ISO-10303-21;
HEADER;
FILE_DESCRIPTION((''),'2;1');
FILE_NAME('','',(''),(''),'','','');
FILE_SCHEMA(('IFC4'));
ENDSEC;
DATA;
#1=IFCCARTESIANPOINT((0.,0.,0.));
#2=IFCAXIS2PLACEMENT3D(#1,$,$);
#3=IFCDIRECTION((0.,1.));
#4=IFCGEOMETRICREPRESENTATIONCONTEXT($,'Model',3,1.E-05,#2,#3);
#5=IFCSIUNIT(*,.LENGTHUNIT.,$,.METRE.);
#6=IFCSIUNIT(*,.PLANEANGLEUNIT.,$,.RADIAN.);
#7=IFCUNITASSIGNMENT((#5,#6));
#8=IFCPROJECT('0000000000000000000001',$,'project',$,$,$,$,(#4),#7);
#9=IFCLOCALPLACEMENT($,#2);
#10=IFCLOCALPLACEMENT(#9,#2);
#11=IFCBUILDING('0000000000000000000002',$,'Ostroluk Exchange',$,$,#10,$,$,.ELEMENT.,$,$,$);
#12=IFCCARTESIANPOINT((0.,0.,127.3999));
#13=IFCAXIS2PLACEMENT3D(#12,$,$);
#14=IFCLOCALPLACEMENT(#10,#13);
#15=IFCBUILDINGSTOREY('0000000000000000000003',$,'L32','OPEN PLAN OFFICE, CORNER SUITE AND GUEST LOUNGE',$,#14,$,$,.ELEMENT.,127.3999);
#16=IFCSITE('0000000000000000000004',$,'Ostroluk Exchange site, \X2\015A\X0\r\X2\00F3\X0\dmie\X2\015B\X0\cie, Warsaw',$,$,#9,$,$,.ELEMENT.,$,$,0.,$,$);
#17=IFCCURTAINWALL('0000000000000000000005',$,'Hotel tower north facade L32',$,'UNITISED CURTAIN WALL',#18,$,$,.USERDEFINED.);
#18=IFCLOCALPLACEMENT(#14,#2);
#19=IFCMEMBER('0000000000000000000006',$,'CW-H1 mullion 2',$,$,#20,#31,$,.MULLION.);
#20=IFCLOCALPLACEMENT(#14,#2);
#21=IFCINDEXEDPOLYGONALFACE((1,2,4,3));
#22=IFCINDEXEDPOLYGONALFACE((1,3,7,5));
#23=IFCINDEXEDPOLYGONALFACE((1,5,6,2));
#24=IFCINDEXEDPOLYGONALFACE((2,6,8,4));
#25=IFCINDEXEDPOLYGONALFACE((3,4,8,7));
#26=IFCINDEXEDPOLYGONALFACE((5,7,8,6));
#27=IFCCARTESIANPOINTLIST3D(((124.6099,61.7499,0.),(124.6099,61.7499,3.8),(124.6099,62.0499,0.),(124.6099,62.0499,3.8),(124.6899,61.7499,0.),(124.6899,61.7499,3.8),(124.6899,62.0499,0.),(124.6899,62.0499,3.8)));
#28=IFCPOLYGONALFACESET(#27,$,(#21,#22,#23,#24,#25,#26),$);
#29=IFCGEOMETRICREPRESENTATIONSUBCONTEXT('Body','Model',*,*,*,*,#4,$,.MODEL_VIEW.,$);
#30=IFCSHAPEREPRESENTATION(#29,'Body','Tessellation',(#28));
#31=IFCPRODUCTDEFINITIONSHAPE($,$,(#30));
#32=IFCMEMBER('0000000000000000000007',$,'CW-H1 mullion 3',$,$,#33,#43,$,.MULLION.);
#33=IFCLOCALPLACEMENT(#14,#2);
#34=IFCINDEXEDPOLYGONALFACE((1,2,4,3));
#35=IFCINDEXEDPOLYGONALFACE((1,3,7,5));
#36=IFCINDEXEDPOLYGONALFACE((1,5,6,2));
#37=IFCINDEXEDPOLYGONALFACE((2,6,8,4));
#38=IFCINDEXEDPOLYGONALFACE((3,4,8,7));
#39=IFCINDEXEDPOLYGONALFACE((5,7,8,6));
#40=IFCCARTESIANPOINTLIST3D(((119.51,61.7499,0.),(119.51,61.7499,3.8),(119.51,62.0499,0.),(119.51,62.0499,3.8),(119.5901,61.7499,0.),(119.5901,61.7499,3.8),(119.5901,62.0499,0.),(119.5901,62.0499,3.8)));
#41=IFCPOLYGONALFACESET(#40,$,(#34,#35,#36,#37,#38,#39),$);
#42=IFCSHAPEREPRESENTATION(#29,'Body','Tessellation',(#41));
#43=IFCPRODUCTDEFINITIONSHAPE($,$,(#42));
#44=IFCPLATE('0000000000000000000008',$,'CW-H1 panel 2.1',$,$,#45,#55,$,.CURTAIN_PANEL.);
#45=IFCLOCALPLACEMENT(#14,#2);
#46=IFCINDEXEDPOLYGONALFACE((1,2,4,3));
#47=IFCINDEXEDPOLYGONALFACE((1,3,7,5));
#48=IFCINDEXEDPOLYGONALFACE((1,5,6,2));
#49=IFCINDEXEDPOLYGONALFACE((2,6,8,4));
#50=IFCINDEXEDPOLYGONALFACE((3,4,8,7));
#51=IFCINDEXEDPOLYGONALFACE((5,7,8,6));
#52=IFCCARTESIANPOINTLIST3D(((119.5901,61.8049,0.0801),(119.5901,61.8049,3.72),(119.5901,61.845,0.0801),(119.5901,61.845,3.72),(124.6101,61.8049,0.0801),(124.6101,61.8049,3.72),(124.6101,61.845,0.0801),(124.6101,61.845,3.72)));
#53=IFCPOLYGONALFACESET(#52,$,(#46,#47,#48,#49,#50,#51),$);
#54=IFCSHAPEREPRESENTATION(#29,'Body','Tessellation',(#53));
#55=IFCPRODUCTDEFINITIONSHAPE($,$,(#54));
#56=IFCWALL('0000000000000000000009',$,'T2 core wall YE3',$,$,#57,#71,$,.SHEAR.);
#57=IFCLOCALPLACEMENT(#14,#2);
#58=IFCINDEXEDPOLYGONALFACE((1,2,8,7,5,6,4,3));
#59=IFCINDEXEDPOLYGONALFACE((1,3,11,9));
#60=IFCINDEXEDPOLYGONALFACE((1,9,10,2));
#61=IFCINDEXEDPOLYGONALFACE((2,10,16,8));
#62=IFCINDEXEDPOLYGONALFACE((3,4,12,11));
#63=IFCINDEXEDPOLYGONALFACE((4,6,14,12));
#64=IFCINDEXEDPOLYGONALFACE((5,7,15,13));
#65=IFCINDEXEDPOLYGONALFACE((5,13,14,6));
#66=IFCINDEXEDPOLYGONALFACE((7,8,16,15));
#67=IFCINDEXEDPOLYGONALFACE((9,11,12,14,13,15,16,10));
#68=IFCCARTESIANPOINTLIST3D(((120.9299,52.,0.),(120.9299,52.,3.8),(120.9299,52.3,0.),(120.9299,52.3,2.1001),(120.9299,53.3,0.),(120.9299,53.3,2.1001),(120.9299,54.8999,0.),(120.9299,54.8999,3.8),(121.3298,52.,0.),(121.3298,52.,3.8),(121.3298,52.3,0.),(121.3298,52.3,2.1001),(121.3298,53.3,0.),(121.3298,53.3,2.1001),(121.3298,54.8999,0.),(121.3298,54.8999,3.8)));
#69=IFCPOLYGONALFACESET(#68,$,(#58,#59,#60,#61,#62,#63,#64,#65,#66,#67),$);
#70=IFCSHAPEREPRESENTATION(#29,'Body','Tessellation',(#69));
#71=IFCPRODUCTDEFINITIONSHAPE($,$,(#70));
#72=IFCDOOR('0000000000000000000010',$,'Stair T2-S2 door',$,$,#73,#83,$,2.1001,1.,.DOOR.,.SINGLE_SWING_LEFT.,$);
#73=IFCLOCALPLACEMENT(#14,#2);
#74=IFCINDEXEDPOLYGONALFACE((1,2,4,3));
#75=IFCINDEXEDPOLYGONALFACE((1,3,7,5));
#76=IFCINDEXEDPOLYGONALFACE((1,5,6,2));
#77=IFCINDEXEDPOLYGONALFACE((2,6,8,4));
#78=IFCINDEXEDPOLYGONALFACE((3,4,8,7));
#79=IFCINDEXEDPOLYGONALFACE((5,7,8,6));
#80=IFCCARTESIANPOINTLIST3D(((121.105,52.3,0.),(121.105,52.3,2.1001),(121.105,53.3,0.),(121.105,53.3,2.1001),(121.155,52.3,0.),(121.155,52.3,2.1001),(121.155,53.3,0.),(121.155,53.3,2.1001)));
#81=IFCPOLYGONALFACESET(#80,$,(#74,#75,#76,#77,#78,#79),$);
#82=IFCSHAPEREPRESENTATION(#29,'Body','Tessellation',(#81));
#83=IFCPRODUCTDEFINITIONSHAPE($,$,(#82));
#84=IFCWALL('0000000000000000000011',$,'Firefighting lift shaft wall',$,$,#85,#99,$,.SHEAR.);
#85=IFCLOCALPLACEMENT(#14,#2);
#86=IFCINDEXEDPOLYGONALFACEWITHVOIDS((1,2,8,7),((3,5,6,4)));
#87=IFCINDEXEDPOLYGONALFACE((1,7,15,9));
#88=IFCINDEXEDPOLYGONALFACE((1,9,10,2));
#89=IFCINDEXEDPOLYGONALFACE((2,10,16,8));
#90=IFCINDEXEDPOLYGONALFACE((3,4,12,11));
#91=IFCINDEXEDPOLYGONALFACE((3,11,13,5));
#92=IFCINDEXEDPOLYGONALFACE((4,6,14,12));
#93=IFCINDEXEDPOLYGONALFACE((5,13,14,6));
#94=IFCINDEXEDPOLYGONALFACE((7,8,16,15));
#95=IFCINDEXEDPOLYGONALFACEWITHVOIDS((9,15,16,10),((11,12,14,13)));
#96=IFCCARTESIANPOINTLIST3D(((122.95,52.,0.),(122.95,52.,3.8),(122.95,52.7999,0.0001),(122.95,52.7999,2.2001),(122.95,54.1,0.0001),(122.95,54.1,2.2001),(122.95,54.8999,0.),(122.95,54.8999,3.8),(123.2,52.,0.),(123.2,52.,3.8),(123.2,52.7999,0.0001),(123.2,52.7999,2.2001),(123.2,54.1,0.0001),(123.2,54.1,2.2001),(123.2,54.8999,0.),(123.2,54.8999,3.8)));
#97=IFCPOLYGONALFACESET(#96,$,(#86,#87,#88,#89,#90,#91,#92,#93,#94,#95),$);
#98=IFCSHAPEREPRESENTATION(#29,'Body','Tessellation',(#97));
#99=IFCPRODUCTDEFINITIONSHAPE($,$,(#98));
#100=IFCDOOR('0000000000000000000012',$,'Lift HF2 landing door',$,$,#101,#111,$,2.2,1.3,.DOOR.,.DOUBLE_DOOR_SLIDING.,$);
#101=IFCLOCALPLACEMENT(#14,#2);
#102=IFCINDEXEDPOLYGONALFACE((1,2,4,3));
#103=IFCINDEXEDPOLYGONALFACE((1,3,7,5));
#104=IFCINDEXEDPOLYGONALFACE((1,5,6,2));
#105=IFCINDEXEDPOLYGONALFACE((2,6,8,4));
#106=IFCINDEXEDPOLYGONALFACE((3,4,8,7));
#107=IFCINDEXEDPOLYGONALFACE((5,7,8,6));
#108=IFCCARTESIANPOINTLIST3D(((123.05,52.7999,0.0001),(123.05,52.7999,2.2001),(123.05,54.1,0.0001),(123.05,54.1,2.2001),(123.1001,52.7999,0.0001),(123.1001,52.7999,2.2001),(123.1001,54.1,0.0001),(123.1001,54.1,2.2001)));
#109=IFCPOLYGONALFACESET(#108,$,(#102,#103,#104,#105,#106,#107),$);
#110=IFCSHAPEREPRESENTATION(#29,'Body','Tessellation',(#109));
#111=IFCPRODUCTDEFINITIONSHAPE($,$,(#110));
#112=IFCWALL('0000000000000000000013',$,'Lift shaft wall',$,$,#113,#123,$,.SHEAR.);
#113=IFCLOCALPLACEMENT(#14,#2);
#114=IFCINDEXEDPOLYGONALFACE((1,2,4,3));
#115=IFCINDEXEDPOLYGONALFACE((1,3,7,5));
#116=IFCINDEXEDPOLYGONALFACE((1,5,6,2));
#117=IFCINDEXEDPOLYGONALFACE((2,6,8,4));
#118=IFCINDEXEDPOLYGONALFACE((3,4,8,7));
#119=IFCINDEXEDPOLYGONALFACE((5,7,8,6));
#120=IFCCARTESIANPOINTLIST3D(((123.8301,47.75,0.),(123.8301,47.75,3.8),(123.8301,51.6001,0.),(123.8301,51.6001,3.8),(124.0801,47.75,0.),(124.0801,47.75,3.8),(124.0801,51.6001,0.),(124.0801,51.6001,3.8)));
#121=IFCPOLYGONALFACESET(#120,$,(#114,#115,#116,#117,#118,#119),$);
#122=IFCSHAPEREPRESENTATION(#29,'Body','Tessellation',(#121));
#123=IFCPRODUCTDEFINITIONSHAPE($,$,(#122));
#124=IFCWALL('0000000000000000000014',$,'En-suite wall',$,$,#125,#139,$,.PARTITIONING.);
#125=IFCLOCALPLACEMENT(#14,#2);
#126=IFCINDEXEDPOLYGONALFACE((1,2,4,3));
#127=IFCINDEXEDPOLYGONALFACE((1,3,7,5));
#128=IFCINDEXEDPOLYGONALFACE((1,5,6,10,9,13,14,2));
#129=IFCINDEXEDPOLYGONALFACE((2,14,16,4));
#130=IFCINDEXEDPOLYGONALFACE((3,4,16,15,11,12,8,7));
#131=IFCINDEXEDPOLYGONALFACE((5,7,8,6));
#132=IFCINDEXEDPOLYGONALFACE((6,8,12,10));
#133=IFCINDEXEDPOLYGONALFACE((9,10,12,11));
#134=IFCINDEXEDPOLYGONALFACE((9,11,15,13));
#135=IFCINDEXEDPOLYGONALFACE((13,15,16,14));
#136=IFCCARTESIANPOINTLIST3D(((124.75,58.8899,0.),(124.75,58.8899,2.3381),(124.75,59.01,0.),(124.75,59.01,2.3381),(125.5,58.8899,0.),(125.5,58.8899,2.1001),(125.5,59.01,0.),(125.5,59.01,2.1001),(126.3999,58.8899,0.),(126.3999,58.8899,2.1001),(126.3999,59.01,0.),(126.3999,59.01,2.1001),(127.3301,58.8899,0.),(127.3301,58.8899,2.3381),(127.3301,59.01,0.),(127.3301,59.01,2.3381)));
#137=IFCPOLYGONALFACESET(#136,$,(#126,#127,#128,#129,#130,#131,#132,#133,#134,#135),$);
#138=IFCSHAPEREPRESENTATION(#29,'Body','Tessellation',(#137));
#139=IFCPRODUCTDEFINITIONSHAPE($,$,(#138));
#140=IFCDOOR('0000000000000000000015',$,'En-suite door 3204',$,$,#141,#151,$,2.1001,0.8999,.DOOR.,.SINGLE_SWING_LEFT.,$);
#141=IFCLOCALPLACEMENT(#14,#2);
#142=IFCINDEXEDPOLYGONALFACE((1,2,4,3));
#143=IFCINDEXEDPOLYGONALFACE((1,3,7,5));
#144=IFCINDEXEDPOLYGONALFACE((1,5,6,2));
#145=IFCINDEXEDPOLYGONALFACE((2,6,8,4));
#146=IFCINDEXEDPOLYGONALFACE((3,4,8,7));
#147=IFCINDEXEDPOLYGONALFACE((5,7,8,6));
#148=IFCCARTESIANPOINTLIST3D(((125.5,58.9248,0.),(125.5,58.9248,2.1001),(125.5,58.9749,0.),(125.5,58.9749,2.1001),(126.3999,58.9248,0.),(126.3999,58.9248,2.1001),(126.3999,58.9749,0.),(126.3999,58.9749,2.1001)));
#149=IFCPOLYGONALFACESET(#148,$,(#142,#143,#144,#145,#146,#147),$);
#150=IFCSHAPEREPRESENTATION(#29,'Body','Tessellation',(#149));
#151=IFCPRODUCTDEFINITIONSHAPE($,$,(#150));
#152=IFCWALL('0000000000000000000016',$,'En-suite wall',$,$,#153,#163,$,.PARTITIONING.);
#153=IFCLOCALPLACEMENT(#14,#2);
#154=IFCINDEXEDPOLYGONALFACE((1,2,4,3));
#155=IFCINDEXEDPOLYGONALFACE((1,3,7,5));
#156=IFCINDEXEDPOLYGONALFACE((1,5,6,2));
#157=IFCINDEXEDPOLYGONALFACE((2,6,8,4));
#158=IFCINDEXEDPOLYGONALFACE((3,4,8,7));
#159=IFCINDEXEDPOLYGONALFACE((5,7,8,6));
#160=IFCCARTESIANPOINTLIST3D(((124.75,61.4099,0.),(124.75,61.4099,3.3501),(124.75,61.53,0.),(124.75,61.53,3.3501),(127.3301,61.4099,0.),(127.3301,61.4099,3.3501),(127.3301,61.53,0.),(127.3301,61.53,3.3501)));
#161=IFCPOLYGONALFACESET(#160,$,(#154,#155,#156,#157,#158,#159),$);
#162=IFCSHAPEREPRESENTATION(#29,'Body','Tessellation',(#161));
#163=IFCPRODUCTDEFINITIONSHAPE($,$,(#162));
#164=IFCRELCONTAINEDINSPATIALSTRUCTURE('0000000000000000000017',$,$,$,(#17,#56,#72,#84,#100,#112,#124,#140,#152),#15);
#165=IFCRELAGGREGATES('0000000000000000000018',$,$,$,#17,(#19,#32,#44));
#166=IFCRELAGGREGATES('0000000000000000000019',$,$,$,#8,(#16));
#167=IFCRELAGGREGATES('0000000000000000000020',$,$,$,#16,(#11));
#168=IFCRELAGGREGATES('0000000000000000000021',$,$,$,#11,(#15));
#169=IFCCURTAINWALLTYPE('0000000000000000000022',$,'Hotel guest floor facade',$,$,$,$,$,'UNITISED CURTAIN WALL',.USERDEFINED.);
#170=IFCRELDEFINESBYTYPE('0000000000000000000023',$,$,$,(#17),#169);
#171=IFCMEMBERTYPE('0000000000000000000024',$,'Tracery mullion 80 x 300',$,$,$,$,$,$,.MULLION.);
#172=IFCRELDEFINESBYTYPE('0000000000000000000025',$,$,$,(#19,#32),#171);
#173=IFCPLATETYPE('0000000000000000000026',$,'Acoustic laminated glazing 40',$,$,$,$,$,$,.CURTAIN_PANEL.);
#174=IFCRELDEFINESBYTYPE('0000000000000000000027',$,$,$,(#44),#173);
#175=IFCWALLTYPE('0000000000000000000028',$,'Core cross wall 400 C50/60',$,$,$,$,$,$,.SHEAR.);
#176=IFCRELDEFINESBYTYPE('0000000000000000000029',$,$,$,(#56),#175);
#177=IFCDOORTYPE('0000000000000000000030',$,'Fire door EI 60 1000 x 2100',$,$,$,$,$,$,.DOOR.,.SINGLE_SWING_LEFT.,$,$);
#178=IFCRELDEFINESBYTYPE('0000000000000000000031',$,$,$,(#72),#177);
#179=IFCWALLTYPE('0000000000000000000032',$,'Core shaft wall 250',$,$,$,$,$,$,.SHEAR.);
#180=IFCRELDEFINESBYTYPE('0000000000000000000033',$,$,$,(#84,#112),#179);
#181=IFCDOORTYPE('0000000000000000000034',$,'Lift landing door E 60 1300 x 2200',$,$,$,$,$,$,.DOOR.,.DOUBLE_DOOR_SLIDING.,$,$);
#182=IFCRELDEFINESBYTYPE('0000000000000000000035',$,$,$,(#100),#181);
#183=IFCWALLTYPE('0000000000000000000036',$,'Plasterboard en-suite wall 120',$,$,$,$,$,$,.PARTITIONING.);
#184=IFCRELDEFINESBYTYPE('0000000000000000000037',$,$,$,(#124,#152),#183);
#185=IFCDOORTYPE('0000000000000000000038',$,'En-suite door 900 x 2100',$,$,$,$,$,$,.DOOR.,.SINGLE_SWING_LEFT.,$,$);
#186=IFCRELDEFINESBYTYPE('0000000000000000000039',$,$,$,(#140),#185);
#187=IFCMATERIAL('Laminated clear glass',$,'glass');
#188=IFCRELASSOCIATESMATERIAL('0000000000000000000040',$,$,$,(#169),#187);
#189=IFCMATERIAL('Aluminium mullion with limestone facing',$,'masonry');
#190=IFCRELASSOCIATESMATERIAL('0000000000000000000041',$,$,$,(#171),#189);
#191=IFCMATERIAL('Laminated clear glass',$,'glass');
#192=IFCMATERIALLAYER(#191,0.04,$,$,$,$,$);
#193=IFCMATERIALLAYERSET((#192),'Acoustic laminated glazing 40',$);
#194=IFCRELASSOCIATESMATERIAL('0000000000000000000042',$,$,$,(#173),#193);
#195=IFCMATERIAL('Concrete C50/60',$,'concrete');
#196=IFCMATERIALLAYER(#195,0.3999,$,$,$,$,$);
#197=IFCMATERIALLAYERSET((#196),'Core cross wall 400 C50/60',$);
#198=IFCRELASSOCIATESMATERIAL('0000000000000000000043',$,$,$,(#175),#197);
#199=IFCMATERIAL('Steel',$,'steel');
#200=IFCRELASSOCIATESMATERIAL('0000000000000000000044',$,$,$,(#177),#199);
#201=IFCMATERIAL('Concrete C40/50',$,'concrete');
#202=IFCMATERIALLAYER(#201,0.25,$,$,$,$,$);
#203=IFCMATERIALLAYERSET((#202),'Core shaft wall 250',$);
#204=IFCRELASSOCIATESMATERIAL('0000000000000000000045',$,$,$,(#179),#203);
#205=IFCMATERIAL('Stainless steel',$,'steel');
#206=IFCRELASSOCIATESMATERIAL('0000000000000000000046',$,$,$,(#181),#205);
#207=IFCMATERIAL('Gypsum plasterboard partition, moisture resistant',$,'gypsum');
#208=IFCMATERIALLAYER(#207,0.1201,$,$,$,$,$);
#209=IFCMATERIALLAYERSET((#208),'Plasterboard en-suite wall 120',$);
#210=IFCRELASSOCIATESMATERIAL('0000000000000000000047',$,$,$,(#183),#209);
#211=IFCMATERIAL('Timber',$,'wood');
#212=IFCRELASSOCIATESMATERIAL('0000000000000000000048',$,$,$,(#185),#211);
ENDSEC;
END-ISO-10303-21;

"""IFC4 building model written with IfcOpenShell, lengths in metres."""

from ifc_helpers import new_model, si_unit, direction, frame, frame_2d, origin, origin_2d, place, context, subcontext, project, spatial, rectangle, extrude, material, layer, layer_set, material_profile, profile_set, type_object, element, fill, aggregate, save


model = new_model("IFC4")

# Units and contexts
model_context = context("Model", 3, precision=1e-05, world=origin(), true_north=direction((0.0, 1.0)))
body_context = subcontext(model_context, "Body", "Model", "MODEL_VIEW")
ifc_project = project(units=[si_unit("LENGTHUNIT", "METRE"), si_unit("PLANEANGLEUNIT", "RADIAN")], contexts=[model_context])

# Site, building, storey
site_placement = place(None, origin())
site = spatial("IfcSite", under=ifc_project, at=site_placement, Name="Ostroluk Exchange site, Śródmieście, Warsaw", CompositionType="ELEMENT", RefElevation=0.0)
building_placement = place(site_placement, origin())
building = spatial("IfcBuilding", under=site, at=building_placement, Name="Ostroluk Exchange", CompositionType="ELEMENT")
storey_placement = place(building_placement, frame((0.0, 0.0, 127.3999)))
storey = spatial("IfcBuildingStorey", under=building, at=storey_placement, Name="L32", Description="OPEN PLAN OFFICE, CORNER SUITE AND GUEST LOUNGE", CompositionType="ELEMENT", Elevation=127.3999)

# Curtain wall, members, plate
ifc_material_1 = material(Name="Laminated clear glass", Category="glass")
curtain_wall_type = type_object("IfcCurtainWallType", Name="Hotel guest floor facade", ElementType="UNITISED CURTAIN WALL", PredefinedType="USERDEFINED", material=ifc_material_1)
curtain_wall_placement = place(storey_placement, origin())
curtain_wall = element("IfcCurtainWall", 1, at=curtain_wall_placement, inside=storey, type_object=curtain_wall_type, Name="Hotel tower north facade L32", ObjectType="UNITISED CURTAIN WALL", PredefinedType="USERDEFINED")
ifc_material_2 = material(Name="Aluminium mullion with limestone facing", Category="masonry")
ifc_material_profile_1 = material_profile(ifc_material_2, rectangle(XDim=0.3, YDim=0.0801, at=origin_2d()), Name="Tracery mullion 80 x 300")
ifc_profile_set_1 = profile_set([ifc_material_profile_1], Name="Aluminium mullion with limestone facing")
member_type_1 = type_object("IfcMemberType", Name="Tracery mullion 80 x 300", PredefinedType="MULLION", material=ifc_profile_set_1)
member_1_placement = place(storey_placement, frame((124.6499, 61.8999, 0.0), z_axis=(0.0, 0.0, 1.0), x_axis=(0.0, -1.0, 0.0)))
member_1 = element("IfcMember", 2, at=member_1_placement, type_object=member_type_1, Name="CW-H1 mullion 2", PredefinedType="MULLION", context=body_context, shape_type="SweptSolid", body=[
    extrude(rectangle(XDim=0.3, YDim=0.0801, at=origin_2d()), origin(), (0.0, 0.0, 1.0), 3.8),
])
member_2_placement = place(storey_placement, frame((119.55, 61.8999, 0.0), z_axis=(0.0, 0.0, 1.0), x_axis=(0.0, -1.0, 0.0)))
member_2 = element("IfcMember", 3, at=member_2_placement, type_object=member_type_1, Name="CW-H1 mullion 3", PredefinedType="MULLION", context=body_context, shape_type="SweptSolid", body=[
    extrude(rectangle(XDim=0.3, YDim=0.0801, at=origin_2d()), origin(), (0.0, 0.0, 1.0), 3.8),
])
ifc_material_3 = material(Name="Laminated clear glass", Category="glass")
ifc_layer_1 = layer(ifc_material_3, 0.04)
ifc_layer_set_1 = layer_set([ifc_layer_1], Name="Acoustic laminated glazing 40")
plate_type = type_object("IfcPlateType", Name="Acoustic laminated glazing 40", PredefinedType="CURTAIN_PANEL", material=ifc_layer_set_1)
plate_placement = place(storey_placement, frame((122.1001, 61.825, 0.0801), z_axis=(0.0, 0.0, 1.0), x_axis=(-1.0, 0.0, 0.0)))
plate = element("IfcPlate", 4, at=plate_placement, type_object=plate_type, Name="CW-H1 panel 2.1", PredefinedType="CURTAIN_PANEL", context=body_context, shape_type="SweptSolid", body=[
    extrude(rectangle(XDim=5.02, YDim=0.04, at=origin_2d()), origin(), (0.0, 0.0, 1.0), 3.6399),
])
aggregate(curtain_wall, [member_1, member_2, plate])

# Walls, openings, doors
ifc_material_4 = material(Name="Concrete C50/60", Category="concrete")
ifc_layer_2 = layer(ifc_material_4, 0.3999)
ifc_layer_set_2 = layer_set([ifc_layer_2], Name="Core cross wall 400 C50/60")
wall_type_1 = type_object("IfcWallType", Name="Core cross wall 400 C50/60", PredefinedType="SHEAR", material=ifc_layer_set_2)
wall_1_placement = place(storey_placement, frame((121.1299, 52.0, 0.0), z_axis=(0.0, 0.0, 1.0), x_axis=(0.0, 1.0, 0.0)))
wall_1 = element("IfcWall", 5, at=wall_1_placement, inside=storey, type_object=wall_type_1, Name="T2 core wall YE3", PredefinedType="SHEAR", context=body_context, shape_type="SweptSolid", body=[
    extrude(rectangle(XDim=2.8999, YDim=0.3999, at=frame_2d((1.45, 0.0))), origin(), (0.0, 0.0, 1.0), 3.8),
])
opening_1_placement = place(wall_1_placement, frame((0.3, 0.0, 0.0)))
opening_1 = element("IfcOpeningElement", 6, at=opening_1_placement, cuts=wall_1, PredefinedType="OPENING", context=body_context, shape_type="SweptSolid", body=[
    extrude(rectangle(XDim=1.0, YDim=2.1001, at=frame_2d((0.5, 1.05))), frame((0.0, 0.21, 0.0), z_axis=(0.0, -1.0, 0.0), x_axis=(1.0, 0.0, 0.0)), (0.0, 0.0, 1.0), 0.4199),
])
ifc_material_5 = material(Name="Steel", Category="steel")
door_type_1 = type_object("IfcDoorType", Name="Fire door EI 60 1000 x 2100", OperationType="SINGLE_SWING_LEFT", PredefinedType="DOOR", material=ifc_material_5)
door_1_placement = place(opening_1_placement, origin())
door_1 = element("IfcDoor", 7, at=door_1_placement, inside=storey, type_object=door_type_1, Name="Stair T2-S2 door", OperationType="SINGLE_SWING_LEFT", OverallHeight=2.1001, OverallWidth=1.0, PredefinedType="DOOR", context=body_context, shape_type="SweptSolid", body=[
    extrude(rectangle(XDim=1.0, YDim=2.1001, at=frame_2d((0.5, 1.05))), frame((0.0, 0.0249, 0.0), z_axis=(0.0, -1.0, 0.0), x_axis=(1.0, 0.0, 0.0)), (0.0, 0.0, 1.0), 0.05),
])
fill(opening_1, door_1)
ifc_material_6 = material(Name="Concrete C40/50", Category="concrete")
ifc_layer_3 = layer(ifc_material_6, 0.25)
ifc_layer_set_3 = layer_set([ifc_layer_3], Name="Core shaft wall 250")
wall_type_2 = type_object("IfcWallType", Name="Core shaft wall 250", PredefinedType="SHEAR", material=ifc_layer_set_3)
wall_2_placement = place(storey_placement, frame((123.075, 52.0, 0.0), z_axis=(0.0, 0.0, 1.0), x_axis=(0.0, 1.0, 0.0)))
wall_2 = element("IfcWall", 8, at=wall_2_placement, inside=storey, type_object=wall_type_2, Name="Firefighting lift shaft wall", PredefinedType="SHEAR", context=body_context, shape_type="SweptSolid", body=[
    extrude(rectangle(XDim=2.8999, YDim=0.25, at=frame_2d((1.45, 0.0))), origin(), (0.0, 0.0, 1.0), 3.8),
])
opening_2_placement = place(wall_2_placement, frame((0.8, 0.0, 0.0)))
opening_2 = element("IfcOpeningElement", 9, at=opening_2_placement, cuts=wall_2, PredefinedType="OPENING", context=body_context, shape_type="SweptSolid", body=[
    extrude(rectangle(XDim=1.3, YDim=2.2, at=frame_2d((0.6499, 1.1001))), frame((0.0, 0.135, 0.0), z_axis=(0.0, -1.0, 0.0), x_axis=(1.0, 0.0, 0.0)), (0.0, 0.0, 1.0), 0.27),
])
ifc_material_7 = material(Name="Stainless steel", Category="steel")
door_type_2 = type_object("IfcDoorType", Name="Lift landing door E 60 1300 x 2200", OperationType="DOUBLE_DOOR_SLIDING", PredefinedType="DOOR", material=ifc_material_7)
door_2_placement = place(opening_2_placement, origin())
door_2 = element("IfcDoor", 10, at=door_2_placement, inside=storey, type_object=door_type_2, Name="Lift HF2 landing door", OperationType="DOUBLE_DOOR_SLIDING", OverallHeight=2.2, OverallWidth=1.3, PredefinedType="DOOR", context=body_context, shape_type="SweptSolid", body=[
    extrude(rectangle(XDim=1.3, YDim=2.2, at=frame_2d((0.6499, 1.1001))), frame((0.0, 0.0249, 0.0), z_axis=(0.0, -1.0, 0.0), x_axis=(1.0, 0.0, 0.0)), (0.0, 0.0, 1.0), 0.05),
])
fill(opening_2, door_2)

# Wall
wall_3_placement = place(storey_placement, frame((123.9551, 47.75, 0.0), z_axis=(0.0, 0.0, 1.0), x_axis=(0.0, 1.0, 0.0)))
element("IfcWall", 11, at=wall_3_placement, inside=storey, type_object=wall_type_2, Name="Lift shaft wall", PredefinedType="SHEAR", context=body_context, shape_type="SweptSolid", body=[
    extrude(rectangle(XDim=3.8501, YDim=0.25, at=frame_2d((1.925, 0.0))), origin(), (0.0, 0.0, 1.0), 3.8),
])

# Wall, opening, door
ifc_material_8 = material(Name="Gypsum plasterboard partition, moisture resistant", Category="gypsum")
ifc_layer_4 = layer(ifc_material_8, 0.1201)
ifc_layer_set_4 = layer_set([ifc_layer_4], Name="Plasterboard en-suite wall 120")
wall_type_3 = type_object("IfcWallType", Name="Plasterboard en-suite wall 120", PredefinedType="PARTITIONING", material=ifc_layer_set_4)
wall_4_placement = place(storey_placement, frame((124.75, 58.95, 0.0), z_axis=(0.0, 0.0, 1.0), x_axis=(1.0, 0.0, 0.0)))
wall_4 = element("IfcWall", 12, at=wall_4_placement, inside=storey, type_object=wall_type_3, Name="En-suite wall", PredefinedType="PARTITIONING", context=body_context, shape_type="SweptSolid", body=[
    extrude(rectangle(XDim=2.5801, YDim=0.1201, at=frame_2d((1.29, 0.0))), origin(), (0.0, 0.0, 1.0), 2.3381),
])
opening_3_placement = place(wall_4_placement, frame((0.75, 0.0, 0.0)))
opening_3 = element("IfcOpeningElement", 13, at=opening_3_placement, cuts=wall_4, PredefinedType="OPENING", context=body_context, shape_type="SweptSolid", body=[
    extrude(rectangle(XDim=0.8999, YDim=2.1001, at=frame_2d((0.45, 1.05))), frame((0.0, 0.0701, 0.0), z_axis=(0.0, -1.0, 0.0), x_axis=(1.0, 0.0, 0.0)), (0.0, 0.0, 1.0), 0.1401),
])
ifc_material_9 = material(Name="Timber", Category="wood")
door_type_3 = type_object("IfcDoorType", Name="En-suite door 900 x 2100", OperationType="SINGLE_SWING_LEFT", PredefinedType="DOOR", material=ifc_material_9)
door_3_placement = place(opening_3_placement, origin())
door_3 = element("IfcDoor", 14, at=door_3_placement, inside=storey, type_object=door_type_3, Name="En-suite door 3204", OperationType="SINGLE_SWING_LEFT", OverallHeight=2.1001, OverallWidth=0.8999, PredefinedType="DOOR", context=body_context, shape_type="SweptSolid", body=[
    extrude(rectangle(XDim=0.8999, YDim=2.1001, at=frame_2d((0.45, 1.05))), frame((0.0, 0.0249, 0.0), z_axis=(0.0, -1.0, 0.0), x_axis=(1.0, 0.0, 0.0)), (0.0, 0.0, 1.0), 0.05),
])
fill(opening_3, door_3)

# Wall
wall_5_placement = place(storey_placement, frame((124.75, 61.47, 0.0), z_axis=(0.0, 0.0, 1.0), x_axis=(1.0, 0.0, 0.0)))
element("IfcWall", 15, at=wall_5_placement, inside=storey, type_object=wall_type_3, Name="En-suite wall", PredefinedType="PARTITIONING", context=body_context, shape_type="SweptSolid", body=[
    extrude(rectangle(XDim=2.5801, YDim=0.1201, at=frame_2d((1.29, 0.0))), origin(), (0.0, 0.0, 1.0), 3.3501),
])

save(model, "model.ifc")
